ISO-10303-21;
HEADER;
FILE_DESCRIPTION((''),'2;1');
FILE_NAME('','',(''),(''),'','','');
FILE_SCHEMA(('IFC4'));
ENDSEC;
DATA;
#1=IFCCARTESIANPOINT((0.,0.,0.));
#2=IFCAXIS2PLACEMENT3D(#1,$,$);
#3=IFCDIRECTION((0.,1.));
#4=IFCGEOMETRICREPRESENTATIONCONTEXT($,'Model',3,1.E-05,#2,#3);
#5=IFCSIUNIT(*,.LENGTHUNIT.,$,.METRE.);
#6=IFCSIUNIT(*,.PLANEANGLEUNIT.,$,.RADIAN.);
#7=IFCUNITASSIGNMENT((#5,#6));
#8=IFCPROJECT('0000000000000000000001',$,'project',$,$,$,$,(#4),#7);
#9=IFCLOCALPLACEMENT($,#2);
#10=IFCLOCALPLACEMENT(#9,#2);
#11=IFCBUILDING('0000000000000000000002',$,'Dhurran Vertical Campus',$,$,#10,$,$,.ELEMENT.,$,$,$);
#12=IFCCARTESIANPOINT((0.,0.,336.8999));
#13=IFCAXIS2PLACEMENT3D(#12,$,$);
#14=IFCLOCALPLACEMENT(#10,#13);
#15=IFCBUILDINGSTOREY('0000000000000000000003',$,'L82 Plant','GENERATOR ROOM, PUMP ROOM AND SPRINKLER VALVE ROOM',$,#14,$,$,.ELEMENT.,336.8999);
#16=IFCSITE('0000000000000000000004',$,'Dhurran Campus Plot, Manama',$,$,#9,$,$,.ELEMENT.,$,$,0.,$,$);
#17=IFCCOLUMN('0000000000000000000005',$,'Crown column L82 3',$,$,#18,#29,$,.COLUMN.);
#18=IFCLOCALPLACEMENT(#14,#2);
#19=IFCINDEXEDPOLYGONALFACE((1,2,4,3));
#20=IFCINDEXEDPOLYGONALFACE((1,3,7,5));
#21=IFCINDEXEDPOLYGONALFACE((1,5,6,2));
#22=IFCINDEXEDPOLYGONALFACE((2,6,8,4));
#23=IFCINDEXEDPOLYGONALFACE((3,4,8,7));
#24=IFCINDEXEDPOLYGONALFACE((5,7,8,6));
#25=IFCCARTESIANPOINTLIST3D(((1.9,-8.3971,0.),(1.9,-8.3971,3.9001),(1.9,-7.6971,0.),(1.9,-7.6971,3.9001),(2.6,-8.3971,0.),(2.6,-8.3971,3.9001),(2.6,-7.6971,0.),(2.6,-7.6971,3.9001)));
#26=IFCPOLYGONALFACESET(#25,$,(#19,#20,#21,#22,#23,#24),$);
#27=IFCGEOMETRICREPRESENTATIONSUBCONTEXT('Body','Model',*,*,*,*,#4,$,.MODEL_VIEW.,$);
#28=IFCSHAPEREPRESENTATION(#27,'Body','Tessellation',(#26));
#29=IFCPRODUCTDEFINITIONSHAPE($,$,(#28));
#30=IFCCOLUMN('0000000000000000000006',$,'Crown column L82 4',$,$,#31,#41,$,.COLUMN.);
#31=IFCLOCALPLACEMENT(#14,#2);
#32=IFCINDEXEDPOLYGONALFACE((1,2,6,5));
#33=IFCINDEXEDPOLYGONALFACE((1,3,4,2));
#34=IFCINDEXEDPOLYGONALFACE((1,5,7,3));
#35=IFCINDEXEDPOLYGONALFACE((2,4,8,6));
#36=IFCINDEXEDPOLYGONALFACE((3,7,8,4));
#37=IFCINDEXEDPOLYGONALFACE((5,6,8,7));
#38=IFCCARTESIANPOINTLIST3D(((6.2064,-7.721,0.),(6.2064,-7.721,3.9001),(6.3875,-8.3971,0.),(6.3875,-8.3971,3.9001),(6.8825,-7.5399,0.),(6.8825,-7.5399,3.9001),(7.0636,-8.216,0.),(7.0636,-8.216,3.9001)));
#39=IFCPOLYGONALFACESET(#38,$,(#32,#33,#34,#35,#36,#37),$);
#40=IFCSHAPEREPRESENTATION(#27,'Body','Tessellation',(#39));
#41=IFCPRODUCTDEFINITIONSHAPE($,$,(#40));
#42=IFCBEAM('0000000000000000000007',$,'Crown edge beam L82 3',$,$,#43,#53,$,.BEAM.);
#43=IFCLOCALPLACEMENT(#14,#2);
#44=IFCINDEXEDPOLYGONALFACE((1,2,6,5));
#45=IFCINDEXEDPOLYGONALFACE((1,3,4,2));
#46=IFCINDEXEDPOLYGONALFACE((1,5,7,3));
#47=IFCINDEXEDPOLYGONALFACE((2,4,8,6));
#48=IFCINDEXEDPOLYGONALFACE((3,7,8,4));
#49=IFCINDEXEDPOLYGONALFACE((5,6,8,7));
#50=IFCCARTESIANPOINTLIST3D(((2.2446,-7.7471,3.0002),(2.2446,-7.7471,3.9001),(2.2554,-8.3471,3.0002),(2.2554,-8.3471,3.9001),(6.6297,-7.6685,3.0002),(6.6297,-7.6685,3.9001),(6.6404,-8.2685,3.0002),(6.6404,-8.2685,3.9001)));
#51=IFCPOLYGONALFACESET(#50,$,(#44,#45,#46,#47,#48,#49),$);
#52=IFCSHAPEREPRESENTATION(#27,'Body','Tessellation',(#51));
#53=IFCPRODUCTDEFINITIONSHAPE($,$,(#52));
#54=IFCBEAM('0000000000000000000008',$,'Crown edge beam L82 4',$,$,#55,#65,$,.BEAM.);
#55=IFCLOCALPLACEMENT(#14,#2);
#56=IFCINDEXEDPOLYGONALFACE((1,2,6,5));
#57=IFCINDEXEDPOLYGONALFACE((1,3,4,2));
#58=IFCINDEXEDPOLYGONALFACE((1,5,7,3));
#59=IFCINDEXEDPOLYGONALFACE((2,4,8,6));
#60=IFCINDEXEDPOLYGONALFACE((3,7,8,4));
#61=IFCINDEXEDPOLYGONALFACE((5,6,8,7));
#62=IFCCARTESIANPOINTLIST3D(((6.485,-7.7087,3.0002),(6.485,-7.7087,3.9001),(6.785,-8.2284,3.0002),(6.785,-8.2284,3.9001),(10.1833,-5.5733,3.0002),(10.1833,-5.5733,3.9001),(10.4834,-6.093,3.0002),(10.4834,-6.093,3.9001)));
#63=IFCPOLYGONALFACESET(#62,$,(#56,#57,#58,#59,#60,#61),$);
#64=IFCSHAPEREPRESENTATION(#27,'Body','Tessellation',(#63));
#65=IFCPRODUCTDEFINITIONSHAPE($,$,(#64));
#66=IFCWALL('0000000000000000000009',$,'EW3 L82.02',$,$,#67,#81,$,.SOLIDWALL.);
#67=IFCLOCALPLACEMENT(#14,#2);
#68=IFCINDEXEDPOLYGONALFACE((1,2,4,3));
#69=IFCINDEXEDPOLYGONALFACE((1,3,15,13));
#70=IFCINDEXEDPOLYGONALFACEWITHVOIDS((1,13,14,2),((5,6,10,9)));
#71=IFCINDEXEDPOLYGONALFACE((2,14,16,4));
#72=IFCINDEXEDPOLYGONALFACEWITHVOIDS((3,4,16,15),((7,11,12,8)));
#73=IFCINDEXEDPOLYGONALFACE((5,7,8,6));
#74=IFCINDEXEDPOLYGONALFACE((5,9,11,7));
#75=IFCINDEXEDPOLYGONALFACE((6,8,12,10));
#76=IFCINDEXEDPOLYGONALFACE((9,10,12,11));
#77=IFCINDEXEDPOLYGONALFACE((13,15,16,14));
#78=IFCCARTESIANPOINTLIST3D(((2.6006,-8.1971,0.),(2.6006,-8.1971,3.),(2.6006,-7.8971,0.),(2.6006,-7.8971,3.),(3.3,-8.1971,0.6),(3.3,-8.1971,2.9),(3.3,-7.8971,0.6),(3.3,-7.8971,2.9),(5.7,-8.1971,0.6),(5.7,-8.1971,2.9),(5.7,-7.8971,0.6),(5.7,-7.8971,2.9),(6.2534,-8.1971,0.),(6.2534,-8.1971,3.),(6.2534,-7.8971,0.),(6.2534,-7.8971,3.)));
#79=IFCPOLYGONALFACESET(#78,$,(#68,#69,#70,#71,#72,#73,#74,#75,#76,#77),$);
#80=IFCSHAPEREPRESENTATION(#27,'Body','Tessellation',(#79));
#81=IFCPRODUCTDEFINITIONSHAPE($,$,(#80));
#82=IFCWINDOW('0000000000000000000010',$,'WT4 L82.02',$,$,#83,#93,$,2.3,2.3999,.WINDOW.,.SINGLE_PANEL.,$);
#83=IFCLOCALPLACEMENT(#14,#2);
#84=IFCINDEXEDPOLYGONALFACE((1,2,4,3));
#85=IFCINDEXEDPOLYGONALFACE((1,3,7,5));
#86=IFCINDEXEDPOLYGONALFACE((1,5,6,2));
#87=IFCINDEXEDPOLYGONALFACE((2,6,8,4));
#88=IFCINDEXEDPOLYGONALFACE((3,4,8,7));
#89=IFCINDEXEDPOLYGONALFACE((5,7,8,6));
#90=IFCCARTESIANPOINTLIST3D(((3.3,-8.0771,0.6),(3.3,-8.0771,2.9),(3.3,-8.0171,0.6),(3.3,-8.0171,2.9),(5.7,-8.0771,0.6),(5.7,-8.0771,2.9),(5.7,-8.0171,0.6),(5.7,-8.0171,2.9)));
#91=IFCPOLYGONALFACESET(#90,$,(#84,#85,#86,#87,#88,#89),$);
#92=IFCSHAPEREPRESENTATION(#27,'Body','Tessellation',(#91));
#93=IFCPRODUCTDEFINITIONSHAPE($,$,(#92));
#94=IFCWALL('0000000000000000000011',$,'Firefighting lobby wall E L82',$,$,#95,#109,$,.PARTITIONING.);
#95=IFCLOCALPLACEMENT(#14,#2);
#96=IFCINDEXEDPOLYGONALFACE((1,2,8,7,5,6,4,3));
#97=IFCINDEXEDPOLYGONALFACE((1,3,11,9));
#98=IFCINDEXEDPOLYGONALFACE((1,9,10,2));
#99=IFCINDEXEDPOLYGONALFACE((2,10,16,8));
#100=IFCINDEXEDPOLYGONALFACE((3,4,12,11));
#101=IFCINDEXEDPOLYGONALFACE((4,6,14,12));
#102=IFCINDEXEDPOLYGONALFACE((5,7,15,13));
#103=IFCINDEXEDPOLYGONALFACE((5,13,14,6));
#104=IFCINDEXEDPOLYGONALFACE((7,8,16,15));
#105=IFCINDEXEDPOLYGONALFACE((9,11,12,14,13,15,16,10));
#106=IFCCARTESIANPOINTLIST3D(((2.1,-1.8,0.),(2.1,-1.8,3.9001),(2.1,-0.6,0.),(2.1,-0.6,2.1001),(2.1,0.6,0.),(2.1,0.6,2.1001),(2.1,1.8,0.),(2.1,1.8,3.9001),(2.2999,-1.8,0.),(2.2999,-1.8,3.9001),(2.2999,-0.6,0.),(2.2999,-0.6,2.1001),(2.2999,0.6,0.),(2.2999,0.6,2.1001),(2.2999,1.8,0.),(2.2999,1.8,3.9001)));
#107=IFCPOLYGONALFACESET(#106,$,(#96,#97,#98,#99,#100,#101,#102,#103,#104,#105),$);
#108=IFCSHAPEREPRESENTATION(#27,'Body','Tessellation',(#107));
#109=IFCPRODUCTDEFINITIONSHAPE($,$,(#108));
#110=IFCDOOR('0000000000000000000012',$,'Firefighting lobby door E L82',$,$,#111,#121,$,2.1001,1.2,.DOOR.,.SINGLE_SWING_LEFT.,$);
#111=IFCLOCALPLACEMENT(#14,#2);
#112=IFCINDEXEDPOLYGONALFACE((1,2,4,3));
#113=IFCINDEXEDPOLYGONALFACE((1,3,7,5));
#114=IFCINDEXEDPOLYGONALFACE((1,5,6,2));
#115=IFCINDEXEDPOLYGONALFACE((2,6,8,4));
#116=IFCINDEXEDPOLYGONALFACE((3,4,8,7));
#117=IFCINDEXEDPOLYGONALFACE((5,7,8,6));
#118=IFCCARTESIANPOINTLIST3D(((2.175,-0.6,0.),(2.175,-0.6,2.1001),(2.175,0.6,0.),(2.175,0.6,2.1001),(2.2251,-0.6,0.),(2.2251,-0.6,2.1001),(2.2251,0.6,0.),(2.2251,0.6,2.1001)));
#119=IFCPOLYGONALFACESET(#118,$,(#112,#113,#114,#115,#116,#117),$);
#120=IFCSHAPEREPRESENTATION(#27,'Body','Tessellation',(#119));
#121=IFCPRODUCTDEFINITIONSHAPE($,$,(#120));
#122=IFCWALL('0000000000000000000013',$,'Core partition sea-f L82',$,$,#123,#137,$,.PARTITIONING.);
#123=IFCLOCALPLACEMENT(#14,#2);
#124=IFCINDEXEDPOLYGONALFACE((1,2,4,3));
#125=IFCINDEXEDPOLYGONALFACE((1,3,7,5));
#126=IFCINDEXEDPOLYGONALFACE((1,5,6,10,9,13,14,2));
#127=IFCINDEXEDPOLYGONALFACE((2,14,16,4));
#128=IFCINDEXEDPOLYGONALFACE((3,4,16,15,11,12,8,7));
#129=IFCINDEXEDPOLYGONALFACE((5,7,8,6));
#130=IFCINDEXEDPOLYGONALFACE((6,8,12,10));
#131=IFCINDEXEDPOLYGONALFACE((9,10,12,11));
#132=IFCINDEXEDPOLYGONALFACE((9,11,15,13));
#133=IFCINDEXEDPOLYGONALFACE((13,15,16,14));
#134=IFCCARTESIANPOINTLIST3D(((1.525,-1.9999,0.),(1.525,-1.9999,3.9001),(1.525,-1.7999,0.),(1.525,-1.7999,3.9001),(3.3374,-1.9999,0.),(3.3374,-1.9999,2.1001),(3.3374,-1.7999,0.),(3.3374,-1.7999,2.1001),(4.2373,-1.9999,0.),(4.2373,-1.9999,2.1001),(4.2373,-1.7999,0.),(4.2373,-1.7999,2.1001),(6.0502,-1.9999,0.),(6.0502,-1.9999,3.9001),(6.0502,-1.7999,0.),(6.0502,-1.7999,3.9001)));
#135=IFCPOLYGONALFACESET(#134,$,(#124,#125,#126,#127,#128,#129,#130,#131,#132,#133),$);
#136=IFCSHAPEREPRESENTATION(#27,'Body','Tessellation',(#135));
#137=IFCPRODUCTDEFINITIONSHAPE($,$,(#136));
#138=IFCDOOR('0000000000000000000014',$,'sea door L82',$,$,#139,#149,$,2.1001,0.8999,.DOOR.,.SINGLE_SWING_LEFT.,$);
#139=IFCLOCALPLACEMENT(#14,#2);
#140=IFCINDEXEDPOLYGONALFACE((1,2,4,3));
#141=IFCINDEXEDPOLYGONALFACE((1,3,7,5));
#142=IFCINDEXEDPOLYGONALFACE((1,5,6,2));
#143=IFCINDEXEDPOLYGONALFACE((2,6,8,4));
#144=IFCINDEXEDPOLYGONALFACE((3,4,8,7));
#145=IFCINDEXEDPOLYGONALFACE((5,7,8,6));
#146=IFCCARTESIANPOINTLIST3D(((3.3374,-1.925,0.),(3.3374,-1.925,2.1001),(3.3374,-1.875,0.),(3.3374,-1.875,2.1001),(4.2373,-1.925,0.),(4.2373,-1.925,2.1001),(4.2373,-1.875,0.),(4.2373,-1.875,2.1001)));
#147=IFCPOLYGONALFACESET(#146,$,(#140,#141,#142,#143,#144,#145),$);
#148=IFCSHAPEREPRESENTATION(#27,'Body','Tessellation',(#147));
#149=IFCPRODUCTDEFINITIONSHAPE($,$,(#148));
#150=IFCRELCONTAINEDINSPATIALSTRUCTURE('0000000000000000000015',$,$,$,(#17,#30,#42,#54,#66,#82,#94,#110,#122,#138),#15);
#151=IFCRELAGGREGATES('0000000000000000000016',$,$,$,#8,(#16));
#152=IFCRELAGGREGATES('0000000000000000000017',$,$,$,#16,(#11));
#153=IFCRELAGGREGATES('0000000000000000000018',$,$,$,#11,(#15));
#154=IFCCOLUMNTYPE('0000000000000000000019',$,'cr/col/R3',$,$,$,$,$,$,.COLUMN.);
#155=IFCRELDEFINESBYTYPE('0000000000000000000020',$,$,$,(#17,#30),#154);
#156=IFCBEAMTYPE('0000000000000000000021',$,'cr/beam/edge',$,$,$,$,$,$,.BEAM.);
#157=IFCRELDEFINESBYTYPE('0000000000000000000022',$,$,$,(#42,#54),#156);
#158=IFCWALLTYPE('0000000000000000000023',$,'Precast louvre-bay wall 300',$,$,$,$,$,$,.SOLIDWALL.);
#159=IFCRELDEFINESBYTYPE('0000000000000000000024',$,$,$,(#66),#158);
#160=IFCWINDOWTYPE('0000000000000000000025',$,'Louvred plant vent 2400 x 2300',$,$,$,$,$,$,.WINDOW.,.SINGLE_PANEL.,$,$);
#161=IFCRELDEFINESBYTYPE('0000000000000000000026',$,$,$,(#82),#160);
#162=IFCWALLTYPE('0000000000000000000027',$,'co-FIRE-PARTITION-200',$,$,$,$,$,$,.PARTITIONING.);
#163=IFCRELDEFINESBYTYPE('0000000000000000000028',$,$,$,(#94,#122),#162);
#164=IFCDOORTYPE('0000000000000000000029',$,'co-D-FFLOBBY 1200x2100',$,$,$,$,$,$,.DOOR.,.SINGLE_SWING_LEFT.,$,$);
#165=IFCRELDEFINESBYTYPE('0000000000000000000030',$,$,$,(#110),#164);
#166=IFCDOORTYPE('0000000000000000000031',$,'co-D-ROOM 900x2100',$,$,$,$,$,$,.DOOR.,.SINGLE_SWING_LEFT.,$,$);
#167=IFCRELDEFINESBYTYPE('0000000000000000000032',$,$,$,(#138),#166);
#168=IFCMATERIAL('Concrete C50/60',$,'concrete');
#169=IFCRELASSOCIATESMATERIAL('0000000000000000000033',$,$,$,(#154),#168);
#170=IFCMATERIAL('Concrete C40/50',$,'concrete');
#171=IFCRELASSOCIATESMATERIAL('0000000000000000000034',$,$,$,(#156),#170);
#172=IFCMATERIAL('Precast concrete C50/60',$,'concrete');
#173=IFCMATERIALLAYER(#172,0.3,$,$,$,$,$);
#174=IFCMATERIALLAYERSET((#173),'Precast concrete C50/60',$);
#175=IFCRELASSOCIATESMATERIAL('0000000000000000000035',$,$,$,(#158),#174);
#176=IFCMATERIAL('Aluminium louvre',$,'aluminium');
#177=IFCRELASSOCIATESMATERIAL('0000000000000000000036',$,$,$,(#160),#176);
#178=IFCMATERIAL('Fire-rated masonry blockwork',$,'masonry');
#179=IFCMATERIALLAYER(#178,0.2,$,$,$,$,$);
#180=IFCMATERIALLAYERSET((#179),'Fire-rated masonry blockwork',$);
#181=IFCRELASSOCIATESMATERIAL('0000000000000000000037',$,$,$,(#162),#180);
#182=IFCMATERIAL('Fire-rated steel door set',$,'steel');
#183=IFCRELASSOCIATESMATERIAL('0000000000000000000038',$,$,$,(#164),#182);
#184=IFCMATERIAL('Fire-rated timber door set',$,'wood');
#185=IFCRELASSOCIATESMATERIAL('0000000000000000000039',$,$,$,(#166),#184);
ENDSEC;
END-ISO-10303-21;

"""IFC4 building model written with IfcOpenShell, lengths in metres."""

from ifc_helpers import new_model, si_unit, direction, frame, frame_2d, origin, origin_2d, place, context, subcontext, project, spatial, rectangle, extrude, material, layer, layer_set, material_profile, profile_set, type_object, element, fill, save


model = new_model("IFC4")

# Units and contexts
model_context = context("Model", 3, precision=1e-05, world=origin(), true_north=direction((0.0, 1.0)))
body_context = subcontext(model_context, "Body", "Model", "MODEL_VIEW")
ifc_project = project(units=[si_unit("LENGTHUNIT", "METRE"), si_unit("PLANEANGLEUNIT", "RADIAN")], contexts=[model_context])

# Site, building, storey
site_placement = place(None, origin())
site = spatial("IfcSite", under=ifc_project, at=site_placement, Name="Dhurran Campus Plot, Manama", CompositionType="ELEMENT", RefElevation=0.0)
building_placement = place(site_placement, origin())
building = spatial("IfcBuilding", under=site, at=building_placement, Name="Dhurran Vertical Campus", CompositionType="ELEMENT")
storey_placement = place(building_placement, frame((0.0, 0.0, 336.8999)))
storey = spatial("IfcBuildingStorey", under=building, at=storey_placement, Name="L82 Plant", Description="GENERATOR ROOM, PUMP ROOM AND SPRINKLER VALVE ROOM", CompositionType="ELEMENT", Elevation=336.8999)

# Columns
ifc_material_1 = material(Name="Concrete C50/60", Category="concrete")
ifc_material_profile_1 = material_profile(ifc_material_1, rectangle(XDim=0.7, YDim=0.7, at=origin_2d()), Name="cr/col/R3")
ifc_profile_set_1 = profile_set([ifc_material_profile_1], Name="Concrete C50/60")
column_type = type_object("IfcColumnType", Name="cr/col/R3", PredefinedType="COLUMN", material=ifc_profile_set_1)
for number, where, z_axis, x_axis, name in (
    (1, (2.25, -8.0471, 0.0), (0.0, 0.0, 1.0), (1.0, 0.0, 0.0), "Crown column L82 3"),
    (2, (6.635, -7.9685, 0.0), (0.0, 0.0, 1.0), (0.965926, 0.258819, 0.0), "Crown column L82 4"),
):
    element("IfcColumn", number, at=place(storey_placement, frame(where, z_axis=z_axis, x_axis=x_axis)), inside=storey, type_object=column_type, Name=name, PredefinedType="COLUMN", context=body_context, shape_type="SweptSolid", body=[
        extrude(rectangle(XDim=0.7, YDim=0.7, at=origin_2d()), origin(), (0.0, 0.0, 1.0), 3.9001),
    ])

# Beams
ifc_material_2 = material(Name="Concrete C40/50", Category="concrete")
ifc_material_profile_2 = material_profile(ifc_material_2, rectangle(XDim=0.6001, YDim=0.8999, at=origin_2d()), Name="cr/beam/edge")
ifc_profile_set_2 = profile_set([ifc_material_profile_2], Name="Concrete C40/50")
beam_type = type_object("IfcBeamType", Name="cr/beam/edge", PredefinedType="BEAM", material=ifc_profile_set_2)
beam_1_placement = place(storey_placement, frame((2.25, -8.0471, 3.4502), z_axis=(0.999839, 0.017925, 0.0), x_axis=(-0.017925, 0.999839, 0.0)))
element("IfcBeam", 3, at=beam_1_placement, inside=storey, type_object=beam_type, Name="Crown edge beam L82 3", PredefinedType="BEAM", context=body_context, shape_type="SweptSolid", body=[
    extrude(rectangle(XDim=0.6001, YDim=0.8999, at=origin_2d()), origin(), (0.0, 0.0, 1.0), 4.3857),
])
beam_2_placement = place(storey_placement, frame((6.635, -7.9685, 3.4502), z_axis=(0.866018, 0.500013, 0.0), x_axis=(-0.500013, 0.866018, 0.0)))
element("IfcBeam", 4, at=beam_2_placement, inside=storey, type_object=beam_type, Name="Crown edge beam L82 4", PredefinedType="BEAM", context=body_context, shape_type="SweptSolid", body=[
    extrude(rectangle(XDim=0.6001, YDim=0.8999, at=origin_2d()), origin(), (0.0, 0.0, 1.0), 4.2705),
])

# Wall, opening, window
ifc_material_3 = material(Name="Precast concrete C50/60", Category="concrete")
ifc_layer_1 = layer(ifc_material_3, 0.3)
ifc_layer_set_1 = layer_set([ifc_layer_1], Name="Precast concrete C50/60")
wall_type_1 = type_object("IfcWallType", Name="Precast louvre-bay wall 300", PredefinedType="SOLIDWALL", material=ifc_layer_set_1)
wall_1_placement = place(storey_placement, frame((2.6006, -8.0471, 0.0), z_axis=(0.0, 0.0, 1.0), x_axis=(1.0, 0.0, 0.0)))
wall_1 = element("IfcWall", 5, at=wall_1_placement, inside=storey, type_object=wall_type_1, Name="EW3 L82.02", PredefinedType="SOLIDWALL", context=body_context, shape_type="SweptSolid", body=[
    extrude(rectangle(XDim=3.6528, YDim=0.3, at=frame_2d((1.8264, 0.0))), origin(), (0.0, 0.0, 1.0), 3.0),
])
opening_1_placement = place(wall_1_placement, frame((0.6995, 0.0, 0.6001)))
opening_1 = element("IfcOpeningElement", 6, at=opening_1_placement, cuts=wall_1, PredefinedType="OPENING", context=body_context, shape_type="SweptSolid", body=[
    extrude(rectangle(XDim=2.3999, YDim=2.3, at=frame_2d((1.2, 1.1499))), frame((0.0, 0.1599, 0.0), z_axis=(0.0, -1.0, 0.0), x_axis=(1.0, 0.0, 0.0)), (0.0, 0.0, 1.0), 0.3201),
])
ifc_material_4 = material(Name="Aluminium louvre", Category="aluminium")
window_type = type_object("IfcWindowType", Name="Louvred plant vent 2400 x 2300", PartitioningType="SINGLE_PANEL", PredefinedType="WINDOW", material=ifc_material_4)
window_placement = place(opening_1_placement, origin())
window = element("IfcWindow", 7, at=window_placement, inside=storey, type_object=window_type, Name="WT4 L82.02", OverallHeight=2.3, OverallWidth=2.3999, PartitioningType="SINGLE_PANEL", PredefinedType="WINDOW", context=body_context, shape_type="SweptSolid", body=[
    extrude(rectangle(XDim=2.3999, YDim=2.3, at=frame_2d((1.2, 1.1499))), frame((0.0, 0.03, 0.0), z_axis=(0.0, -1.0, 0.0), x_axis=(1.0, 0.0, 0.0)), (0.0, 0.0, 1.0), 0.0601),
])
fill(opening_1, window)

# Walls, openings, doors
ifc_material_5 = material(Name="Fire-rated masonry blockwork", Category="masonry")
ifc_layer_2 = layer(ifc_material_5, 0.2)
ifc_layer_set_2 = layer_set([ifc_layer_2], Name="Fire-rated masonry blockwork")
wall_type_2 = type_object("IfcWallType", Name="co-FIRE-PARTITION-200", PredefinedType="PARTITIONING", material=ifc_layer_set_2)
wall_2_placement = place(storey_placement, frame((2.2, -1.8, 0.0), z_axis=(0.0, 0.0, 1.0), x_axis=(0.0, 1.0, 0.0)))
wall_2 = element("IfcWall", 8, at=wall_2_placement, inside=storey, type_object=wall_type_2, Name="Firefighting lobby wall E L82", PredefinedType="PARTITIONING", context=body_context, shape_type="SweptSolid", body=[
    extrude(rectangle(XDim=3.6001, YDim=0.2, at=frame_2d((1.8, 0.0))), origin(), (0.0, 0.0, 1.0), 3.9001),
])
opening_2_placement = place(wall_2_placement, frame((1.2, 0.0, 0.0)))
opening_2 = element("IfcOpeningElement", 9, at=opening_2_placement, cuts=wall_2, PredefinedType="OPENING", context=body_context, shape_type="SweptSolid", body=[
    extrude(rectangle(XDim=1.2, YDim=2.1001, at=frame_2d((0.6001, 1.05))), frame((0.0, 0.1099, 0.0), z_axis=(0.0, -1.0, 0.0), x_axis=(1.0, 0.0, 0.0)), (0.0, 0.0, 1.0), 0.22),
])
ifc_material_6 = material(Name="Fire-rated steel door set", Category="steel")
door_type_1 = type_object("IfcDoorType", Name="co-D-FFLOBBY 1200x2100", OperationType="SINGLE_SWING_LEFT", PredefinedType="DOOR", material=ifc_material_6)
door_1_placement = place(opening_2_placement, origin())
door_1 = element("IfcDoor", 10, at=door_1_placement, inside=storey, type_object=door_type_1, Name="Firefighting lobby door E L82", OperationType="SINGLE_SWING_LEFT", OverallHeight=2.1001, OverallWidth=1.2, PredefinedType="DOOR", context=body_context, shape_type="SweptSolid", body=[
    extrude(rectangle(XDim=1.2, YDim=2.1001, at=frame_2d((0.6001, 1.05))), frame((0.0, 0.0249, 0.0), z_axis=(0.0, -1.0, 0.0), x_axis=(1.0, 0.0, 0.0)), (0.0, 0.0, 1.0), 0.05),
])
fill(opening_2, door_1)
wall_3_placement = place(storey_placement, frame((1.5249, -1.8999, 0.0), z_axis=(0.0, 0.0, 1.0), x_axis=(1.0, 0.0, 0.0)))
wall_3 = element("IfcWall", 11, at=wall_3_placement, inside=storey, type_object=wall_type_2, Name="Core partition sea-f L82", PredefinedType="PARTITIONING", context=body_context, shape_type="SweptSolid", body=[
    extrude(rectangle(XDim=4.5251, YDim=0.2, at=frame_2d((2.2627, 0.0))), origin(), (0.0, 0.0, 1.0), 3.9001),
])
opening_3_placement = place(wall_3_placement, frame((1.8125, 0.0, 0.0)))
opening_3 = element("IfcOpeningElement", 12, at=opening_3_placement, cuts=wall_3, PredefinedType="OPENING", context=body_context, shape_type="SweptSolid", body=[
    extrude(rectangle(XDim=0.8999, YDim=2.1001, at=frame_2d((0.45, 1.05))), frame((0.0, 0.1099, 0.0), z_axis=(0.0, -1.0, 0.0), x_axis=(1.0, 0.0, 0.0)), (0.0, 0.0, 1.0), 0.22),
])
ifc_material_7 = material(Name="Fire-rated timber door set", Category="wood")
door_type_2 = type_object("IfcDoorType", Name="co-D-ROOM 900x2100", OperationType="SINGLE_SWING_LEFT", PredefinedType="DOOR", material=ifc_material_7)
door_2_placement = place(opening_3_placement, origin())
door_2 = element("IfcDoor", 13, at=door_2_placement, inside=storey, type_object=door_type_2, Name="sea door L82", OperationType="SINGLE_SWING_LEFT", OverallHeight=2.1001, OverallWidth=0.8999, PredefinedType="DOOR", context=body_context, shape_type="SweptSolid", body=[
    extrude(rectangle(XDim=0.8999, YDim=2.1001, at=frame_2d((0.45, 1.05))), frame((0.0, 0.0249, 0.0), z_axis=(0.0, -1.0, 0.0), x_axis=(1.0, 0.0, 0.0)), (0.0, 0.0, 1.0), 0.05),
])
fill(opening_3, door_2)

save(model, "model.ifc")
